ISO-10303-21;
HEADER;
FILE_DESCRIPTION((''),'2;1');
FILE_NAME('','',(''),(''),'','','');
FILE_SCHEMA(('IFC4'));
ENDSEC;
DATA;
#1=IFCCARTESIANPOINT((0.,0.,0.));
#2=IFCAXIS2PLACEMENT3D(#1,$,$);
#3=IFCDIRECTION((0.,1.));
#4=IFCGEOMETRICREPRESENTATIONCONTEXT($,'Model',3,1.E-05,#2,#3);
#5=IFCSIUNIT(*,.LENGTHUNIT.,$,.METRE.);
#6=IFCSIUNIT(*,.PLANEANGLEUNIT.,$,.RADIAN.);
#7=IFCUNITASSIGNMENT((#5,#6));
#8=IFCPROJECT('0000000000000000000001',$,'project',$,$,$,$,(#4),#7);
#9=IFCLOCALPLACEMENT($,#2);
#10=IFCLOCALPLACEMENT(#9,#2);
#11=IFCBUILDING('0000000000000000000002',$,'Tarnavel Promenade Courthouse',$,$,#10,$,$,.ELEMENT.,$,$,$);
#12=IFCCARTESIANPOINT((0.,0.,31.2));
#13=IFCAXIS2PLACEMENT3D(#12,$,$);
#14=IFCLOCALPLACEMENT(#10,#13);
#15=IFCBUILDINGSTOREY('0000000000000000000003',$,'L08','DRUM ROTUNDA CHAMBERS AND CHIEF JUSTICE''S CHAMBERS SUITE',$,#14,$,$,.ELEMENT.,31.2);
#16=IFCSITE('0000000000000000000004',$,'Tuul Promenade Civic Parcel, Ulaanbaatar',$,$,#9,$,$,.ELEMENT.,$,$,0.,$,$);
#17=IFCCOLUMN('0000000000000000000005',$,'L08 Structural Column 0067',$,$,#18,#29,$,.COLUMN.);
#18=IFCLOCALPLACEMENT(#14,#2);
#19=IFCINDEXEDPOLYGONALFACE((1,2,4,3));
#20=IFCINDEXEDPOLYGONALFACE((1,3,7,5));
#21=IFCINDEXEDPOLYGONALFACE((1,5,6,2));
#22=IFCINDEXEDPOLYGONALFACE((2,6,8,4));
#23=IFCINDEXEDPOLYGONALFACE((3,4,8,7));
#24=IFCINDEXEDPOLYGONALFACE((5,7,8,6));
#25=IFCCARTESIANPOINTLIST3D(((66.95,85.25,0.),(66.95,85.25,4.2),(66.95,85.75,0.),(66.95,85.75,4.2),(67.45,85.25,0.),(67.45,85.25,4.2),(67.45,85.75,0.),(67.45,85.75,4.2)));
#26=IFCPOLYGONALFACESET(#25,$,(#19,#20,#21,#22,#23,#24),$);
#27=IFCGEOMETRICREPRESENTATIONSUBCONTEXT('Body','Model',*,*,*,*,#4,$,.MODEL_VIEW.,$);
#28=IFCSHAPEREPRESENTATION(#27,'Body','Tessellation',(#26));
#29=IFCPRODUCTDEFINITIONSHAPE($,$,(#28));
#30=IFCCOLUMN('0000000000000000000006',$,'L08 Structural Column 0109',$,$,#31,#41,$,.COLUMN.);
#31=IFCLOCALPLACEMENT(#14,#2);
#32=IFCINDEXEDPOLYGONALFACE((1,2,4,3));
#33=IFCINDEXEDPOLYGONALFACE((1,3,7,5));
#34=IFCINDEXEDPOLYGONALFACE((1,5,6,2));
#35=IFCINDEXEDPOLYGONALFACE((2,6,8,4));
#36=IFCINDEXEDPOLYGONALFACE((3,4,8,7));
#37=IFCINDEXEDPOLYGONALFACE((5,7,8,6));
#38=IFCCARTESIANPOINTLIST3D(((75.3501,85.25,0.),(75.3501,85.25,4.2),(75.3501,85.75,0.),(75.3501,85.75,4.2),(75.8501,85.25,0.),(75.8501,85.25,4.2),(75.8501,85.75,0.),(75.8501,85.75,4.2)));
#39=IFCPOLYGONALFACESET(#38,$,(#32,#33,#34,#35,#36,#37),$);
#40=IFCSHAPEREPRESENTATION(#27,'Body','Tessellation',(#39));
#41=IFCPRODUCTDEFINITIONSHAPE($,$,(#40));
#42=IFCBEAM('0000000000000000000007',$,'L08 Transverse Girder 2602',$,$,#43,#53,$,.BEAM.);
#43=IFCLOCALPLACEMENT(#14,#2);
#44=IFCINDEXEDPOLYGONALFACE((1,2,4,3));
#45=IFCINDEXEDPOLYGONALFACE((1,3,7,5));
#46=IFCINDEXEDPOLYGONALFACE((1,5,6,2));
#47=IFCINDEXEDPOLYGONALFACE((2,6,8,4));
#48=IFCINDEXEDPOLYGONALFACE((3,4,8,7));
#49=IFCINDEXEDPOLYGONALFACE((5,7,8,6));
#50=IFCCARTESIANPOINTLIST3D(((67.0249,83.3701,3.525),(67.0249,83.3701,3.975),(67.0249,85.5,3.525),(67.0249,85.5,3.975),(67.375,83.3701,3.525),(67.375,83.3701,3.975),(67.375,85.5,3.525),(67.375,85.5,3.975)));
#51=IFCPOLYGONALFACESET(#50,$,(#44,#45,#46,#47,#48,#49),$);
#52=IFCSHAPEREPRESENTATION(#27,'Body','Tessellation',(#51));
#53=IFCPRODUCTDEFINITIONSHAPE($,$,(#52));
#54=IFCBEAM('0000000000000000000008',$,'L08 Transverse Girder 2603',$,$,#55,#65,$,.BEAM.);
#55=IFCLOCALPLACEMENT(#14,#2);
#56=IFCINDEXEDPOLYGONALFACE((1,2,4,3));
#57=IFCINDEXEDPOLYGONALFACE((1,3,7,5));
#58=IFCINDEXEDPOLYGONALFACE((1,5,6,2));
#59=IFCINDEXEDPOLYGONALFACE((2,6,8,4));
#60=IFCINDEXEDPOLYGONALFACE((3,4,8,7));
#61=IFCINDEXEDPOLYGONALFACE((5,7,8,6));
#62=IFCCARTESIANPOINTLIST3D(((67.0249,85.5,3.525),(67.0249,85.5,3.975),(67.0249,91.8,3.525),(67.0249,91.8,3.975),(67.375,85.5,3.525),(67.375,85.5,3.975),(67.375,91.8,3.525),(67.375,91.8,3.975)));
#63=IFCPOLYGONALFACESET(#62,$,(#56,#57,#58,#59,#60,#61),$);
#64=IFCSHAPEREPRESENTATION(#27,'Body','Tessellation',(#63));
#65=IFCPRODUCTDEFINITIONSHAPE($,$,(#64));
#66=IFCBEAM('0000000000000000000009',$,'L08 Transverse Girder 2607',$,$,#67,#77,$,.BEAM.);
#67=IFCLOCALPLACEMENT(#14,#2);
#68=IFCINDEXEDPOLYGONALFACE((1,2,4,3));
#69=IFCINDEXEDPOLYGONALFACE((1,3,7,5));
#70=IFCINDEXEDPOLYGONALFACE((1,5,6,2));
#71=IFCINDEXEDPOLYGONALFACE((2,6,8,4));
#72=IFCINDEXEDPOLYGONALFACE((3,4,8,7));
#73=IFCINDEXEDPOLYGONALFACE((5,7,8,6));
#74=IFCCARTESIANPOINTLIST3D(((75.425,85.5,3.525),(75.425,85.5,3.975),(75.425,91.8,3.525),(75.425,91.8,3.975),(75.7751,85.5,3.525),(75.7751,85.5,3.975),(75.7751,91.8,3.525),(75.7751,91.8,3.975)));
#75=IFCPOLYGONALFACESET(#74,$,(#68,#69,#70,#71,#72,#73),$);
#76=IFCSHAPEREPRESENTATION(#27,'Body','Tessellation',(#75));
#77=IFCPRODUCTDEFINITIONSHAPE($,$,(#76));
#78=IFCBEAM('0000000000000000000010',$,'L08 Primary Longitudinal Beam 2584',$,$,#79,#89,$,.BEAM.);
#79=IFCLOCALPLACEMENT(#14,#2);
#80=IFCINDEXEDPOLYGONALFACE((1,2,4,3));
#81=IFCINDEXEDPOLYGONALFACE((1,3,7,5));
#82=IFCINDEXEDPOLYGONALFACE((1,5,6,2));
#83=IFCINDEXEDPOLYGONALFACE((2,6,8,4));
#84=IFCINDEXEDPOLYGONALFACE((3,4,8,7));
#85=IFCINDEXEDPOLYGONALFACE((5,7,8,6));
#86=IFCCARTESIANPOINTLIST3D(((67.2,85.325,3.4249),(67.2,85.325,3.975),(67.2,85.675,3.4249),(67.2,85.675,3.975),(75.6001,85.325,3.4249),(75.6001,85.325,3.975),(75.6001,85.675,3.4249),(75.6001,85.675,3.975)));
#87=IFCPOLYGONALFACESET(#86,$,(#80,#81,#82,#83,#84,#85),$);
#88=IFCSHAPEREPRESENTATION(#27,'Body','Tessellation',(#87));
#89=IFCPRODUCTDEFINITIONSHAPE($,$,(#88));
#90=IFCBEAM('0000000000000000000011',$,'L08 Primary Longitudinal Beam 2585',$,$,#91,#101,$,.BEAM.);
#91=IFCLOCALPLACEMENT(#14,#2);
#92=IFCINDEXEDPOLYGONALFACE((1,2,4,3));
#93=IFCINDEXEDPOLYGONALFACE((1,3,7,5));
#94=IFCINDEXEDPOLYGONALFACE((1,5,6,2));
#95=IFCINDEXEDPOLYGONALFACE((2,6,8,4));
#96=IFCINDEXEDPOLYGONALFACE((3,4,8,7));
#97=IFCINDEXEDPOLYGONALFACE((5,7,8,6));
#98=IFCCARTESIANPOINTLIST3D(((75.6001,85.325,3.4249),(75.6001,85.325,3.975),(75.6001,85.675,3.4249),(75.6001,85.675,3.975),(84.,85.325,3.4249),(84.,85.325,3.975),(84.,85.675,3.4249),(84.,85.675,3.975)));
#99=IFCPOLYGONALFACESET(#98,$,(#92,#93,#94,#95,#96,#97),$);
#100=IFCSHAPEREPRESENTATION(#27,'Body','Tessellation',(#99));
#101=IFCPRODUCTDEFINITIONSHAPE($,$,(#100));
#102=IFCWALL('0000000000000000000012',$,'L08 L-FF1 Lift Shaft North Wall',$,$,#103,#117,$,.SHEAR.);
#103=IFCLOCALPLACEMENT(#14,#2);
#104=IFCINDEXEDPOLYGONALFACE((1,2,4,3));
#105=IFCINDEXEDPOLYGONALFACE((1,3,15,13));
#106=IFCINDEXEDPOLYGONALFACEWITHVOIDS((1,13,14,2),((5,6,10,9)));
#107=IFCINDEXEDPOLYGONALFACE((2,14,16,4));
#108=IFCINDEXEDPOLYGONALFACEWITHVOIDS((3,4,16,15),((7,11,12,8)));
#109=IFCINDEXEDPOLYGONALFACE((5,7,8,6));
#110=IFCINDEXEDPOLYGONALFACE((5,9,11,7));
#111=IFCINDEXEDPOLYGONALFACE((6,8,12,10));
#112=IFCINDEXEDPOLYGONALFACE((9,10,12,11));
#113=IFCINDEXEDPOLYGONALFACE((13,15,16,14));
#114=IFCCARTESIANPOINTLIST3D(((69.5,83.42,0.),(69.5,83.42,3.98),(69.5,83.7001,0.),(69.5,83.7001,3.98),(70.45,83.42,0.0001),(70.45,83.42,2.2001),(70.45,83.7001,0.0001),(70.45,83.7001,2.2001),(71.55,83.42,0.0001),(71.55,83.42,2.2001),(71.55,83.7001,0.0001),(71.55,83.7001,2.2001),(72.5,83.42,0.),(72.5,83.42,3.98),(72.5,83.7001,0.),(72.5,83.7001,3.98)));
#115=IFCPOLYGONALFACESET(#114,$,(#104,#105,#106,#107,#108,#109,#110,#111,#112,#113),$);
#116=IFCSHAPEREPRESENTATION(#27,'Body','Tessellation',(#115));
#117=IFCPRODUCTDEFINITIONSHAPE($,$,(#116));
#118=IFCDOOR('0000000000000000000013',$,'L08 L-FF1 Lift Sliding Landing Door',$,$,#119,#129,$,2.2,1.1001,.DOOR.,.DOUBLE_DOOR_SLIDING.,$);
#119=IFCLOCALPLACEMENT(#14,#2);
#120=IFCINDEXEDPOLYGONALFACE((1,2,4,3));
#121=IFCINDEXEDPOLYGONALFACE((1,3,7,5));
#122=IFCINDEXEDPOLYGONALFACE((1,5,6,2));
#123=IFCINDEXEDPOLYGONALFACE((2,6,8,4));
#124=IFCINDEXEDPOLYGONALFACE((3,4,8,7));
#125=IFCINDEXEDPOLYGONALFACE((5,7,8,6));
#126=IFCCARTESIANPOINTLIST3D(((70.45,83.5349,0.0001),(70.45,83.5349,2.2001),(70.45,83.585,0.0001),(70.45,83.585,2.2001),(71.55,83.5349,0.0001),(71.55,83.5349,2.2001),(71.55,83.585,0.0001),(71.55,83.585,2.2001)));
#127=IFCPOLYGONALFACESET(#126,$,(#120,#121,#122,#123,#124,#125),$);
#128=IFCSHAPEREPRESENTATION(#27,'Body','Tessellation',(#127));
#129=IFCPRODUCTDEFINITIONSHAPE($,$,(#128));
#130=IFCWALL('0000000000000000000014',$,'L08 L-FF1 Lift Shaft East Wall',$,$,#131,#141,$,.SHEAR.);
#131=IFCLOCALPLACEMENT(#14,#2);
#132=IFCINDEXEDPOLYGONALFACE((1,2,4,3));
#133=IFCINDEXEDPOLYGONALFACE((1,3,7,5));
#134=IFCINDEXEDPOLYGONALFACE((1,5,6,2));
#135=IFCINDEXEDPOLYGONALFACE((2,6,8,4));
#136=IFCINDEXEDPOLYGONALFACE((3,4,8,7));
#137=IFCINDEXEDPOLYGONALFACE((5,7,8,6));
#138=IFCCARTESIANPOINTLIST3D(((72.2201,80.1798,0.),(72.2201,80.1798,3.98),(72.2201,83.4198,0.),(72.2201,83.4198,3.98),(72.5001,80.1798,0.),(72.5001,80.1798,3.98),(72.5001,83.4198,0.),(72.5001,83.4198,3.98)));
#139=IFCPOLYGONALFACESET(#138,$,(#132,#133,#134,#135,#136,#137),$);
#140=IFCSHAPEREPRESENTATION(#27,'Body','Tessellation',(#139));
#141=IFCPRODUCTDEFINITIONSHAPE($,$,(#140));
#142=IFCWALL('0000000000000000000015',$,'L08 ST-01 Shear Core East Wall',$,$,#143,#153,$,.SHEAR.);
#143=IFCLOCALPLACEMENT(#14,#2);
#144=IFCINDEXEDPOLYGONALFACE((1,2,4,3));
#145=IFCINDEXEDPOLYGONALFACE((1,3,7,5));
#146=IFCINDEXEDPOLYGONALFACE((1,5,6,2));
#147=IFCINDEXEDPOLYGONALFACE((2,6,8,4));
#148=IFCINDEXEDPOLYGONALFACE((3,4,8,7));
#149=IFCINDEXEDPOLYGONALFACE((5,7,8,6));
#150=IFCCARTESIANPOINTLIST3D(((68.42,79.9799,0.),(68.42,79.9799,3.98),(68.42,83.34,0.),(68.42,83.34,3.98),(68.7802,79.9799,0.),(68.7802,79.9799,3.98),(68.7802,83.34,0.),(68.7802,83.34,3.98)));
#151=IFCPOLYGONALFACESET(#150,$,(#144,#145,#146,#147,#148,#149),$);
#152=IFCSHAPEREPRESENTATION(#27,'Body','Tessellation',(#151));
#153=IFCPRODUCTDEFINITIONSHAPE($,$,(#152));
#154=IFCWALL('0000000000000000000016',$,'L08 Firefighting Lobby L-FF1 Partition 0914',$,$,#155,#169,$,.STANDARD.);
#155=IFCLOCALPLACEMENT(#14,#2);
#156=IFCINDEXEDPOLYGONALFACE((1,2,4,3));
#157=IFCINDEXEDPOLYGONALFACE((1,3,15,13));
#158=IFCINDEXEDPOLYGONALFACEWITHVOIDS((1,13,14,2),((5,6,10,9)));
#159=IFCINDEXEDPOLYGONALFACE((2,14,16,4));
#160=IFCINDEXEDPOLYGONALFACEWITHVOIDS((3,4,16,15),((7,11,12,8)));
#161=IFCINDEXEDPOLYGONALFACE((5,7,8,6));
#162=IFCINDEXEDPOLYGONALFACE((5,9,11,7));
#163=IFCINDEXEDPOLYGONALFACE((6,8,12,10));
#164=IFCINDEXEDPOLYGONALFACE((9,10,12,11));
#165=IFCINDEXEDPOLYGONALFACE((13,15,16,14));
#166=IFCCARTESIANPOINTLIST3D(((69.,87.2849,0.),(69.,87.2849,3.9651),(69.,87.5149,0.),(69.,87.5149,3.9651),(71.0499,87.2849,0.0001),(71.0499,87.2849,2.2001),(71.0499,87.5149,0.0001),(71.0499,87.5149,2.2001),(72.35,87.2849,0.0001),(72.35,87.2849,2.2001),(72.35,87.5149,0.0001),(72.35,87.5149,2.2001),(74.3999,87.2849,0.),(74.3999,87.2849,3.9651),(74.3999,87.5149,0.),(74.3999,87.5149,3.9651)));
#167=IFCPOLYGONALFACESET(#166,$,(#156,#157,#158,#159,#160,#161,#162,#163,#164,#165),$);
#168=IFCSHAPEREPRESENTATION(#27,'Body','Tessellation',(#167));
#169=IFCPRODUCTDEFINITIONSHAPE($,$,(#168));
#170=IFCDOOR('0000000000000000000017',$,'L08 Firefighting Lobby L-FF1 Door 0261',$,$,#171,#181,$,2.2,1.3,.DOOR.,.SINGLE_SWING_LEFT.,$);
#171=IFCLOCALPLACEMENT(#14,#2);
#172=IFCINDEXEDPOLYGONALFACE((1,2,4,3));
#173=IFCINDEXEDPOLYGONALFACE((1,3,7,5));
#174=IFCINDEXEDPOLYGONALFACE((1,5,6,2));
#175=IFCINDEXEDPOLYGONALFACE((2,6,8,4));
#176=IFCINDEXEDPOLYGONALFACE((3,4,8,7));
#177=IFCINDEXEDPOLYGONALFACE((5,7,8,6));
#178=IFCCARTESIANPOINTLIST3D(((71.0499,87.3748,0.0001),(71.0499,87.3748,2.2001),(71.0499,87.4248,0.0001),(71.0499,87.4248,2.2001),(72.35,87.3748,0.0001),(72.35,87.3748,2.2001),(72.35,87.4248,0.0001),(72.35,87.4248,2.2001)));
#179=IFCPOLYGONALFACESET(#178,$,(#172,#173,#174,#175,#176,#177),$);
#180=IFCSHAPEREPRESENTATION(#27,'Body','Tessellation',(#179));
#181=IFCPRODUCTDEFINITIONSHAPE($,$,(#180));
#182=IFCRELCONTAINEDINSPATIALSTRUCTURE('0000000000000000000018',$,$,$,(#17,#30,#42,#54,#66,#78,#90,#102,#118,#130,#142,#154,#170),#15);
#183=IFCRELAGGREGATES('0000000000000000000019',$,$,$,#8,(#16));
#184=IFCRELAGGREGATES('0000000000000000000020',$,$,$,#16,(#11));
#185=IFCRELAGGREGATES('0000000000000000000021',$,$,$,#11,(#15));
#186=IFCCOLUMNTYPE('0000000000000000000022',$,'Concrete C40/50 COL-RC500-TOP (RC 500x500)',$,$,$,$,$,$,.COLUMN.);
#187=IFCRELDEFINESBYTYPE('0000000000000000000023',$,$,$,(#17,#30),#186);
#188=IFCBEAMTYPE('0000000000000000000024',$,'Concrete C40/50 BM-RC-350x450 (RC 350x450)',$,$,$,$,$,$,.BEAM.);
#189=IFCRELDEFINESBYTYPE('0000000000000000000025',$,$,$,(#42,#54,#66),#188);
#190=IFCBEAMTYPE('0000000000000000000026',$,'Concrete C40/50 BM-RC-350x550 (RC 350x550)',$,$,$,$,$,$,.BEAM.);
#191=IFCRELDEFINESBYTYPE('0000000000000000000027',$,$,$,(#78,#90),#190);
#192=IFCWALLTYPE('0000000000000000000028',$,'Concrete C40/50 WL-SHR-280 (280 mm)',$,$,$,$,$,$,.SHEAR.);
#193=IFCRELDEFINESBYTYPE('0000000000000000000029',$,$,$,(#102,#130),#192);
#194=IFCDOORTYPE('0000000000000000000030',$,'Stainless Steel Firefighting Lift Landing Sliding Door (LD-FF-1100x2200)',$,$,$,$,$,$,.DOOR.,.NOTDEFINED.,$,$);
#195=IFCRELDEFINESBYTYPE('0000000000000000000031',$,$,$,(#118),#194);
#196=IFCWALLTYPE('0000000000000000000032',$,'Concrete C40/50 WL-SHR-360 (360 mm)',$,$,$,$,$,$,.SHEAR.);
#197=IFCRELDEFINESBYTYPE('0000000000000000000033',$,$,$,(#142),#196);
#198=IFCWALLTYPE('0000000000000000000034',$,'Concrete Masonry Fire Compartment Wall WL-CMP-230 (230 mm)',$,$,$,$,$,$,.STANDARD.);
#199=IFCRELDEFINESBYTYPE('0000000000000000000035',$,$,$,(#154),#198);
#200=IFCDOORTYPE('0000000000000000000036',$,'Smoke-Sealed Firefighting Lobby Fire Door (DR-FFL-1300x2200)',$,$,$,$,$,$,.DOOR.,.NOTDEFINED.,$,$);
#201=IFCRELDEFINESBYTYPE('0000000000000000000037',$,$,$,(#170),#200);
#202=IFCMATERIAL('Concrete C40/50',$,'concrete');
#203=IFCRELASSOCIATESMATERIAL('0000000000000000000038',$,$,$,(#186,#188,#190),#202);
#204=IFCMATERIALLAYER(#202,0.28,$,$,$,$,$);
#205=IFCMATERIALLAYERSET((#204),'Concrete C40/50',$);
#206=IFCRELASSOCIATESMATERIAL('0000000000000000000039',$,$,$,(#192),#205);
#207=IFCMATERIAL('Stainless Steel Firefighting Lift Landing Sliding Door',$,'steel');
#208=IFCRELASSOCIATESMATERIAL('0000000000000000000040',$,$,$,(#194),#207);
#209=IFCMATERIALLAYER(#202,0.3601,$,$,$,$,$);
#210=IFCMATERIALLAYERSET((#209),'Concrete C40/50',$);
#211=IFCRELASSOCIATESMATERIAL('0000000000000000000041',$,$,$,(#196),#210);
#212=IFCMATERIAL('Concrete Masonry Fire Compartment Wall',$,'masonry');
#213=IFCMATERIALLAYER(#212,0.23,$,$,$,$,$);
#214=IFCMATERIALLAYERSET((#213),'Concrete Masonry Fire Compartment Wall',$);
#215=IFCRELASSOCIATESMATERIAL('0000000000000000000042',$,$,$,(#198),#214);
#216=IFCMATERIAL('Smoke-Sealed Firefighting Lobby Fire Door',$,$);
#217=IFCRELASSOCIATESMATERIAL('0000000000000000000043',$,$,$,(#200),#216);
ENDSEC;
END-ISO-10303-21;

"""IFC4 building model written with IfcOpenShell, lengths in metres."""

from ifc_helpers import new_model, si_unit, direction, frame, frame_2d, origin, origin_2d, place, context, subcontext, project, spatial, rectangle, extrude, material, layer, layer_set, material_profile, profile_set, type_object, element, fill, save


model = new_model("IFC4")

# Units and contexts
model_context = context("Model", 3, precision=1e-05, world=origin(), true_north=direction((0.0, 1.0)))
body_context = subcontext(model_context, "Body", "Model", "MODEL_VIEW")
ifc_project = project(units=[si_unit("LENGTHUNIT", "METRE"), si_unit("PLANEANGLEUNIT", "RADIAN")], contexts=[model_context])

# Site, building, storey
site_placement = place(None, origin())
site = spatial("IfcSite", under=ifc_project, at=site_placement, Name="Tuul Promenade Civic Parcel, Ulaanbaatar", CompositionType="ELEMENT", RefElevation=0.0)
building_placement = place(site_placement, origin())
building = spatial("IfcBuilding", under=site, at=building_placement, Name="Tarnavel Promenade Courthouse", CompositionType="ELEMENT")
storey_placement = place(building_placement, frame((0.0, 0.0, 31.2)))
storey = spatial("IfcBuildingStorey", under=building, at=storey_placement, Name="L08", Description="DRUM ROTUNDA CHAMBERS AND CHIEF JUSTICE'S CHAMBERS SUITE", CompositionType="ELEMENT", Elevation=31.2)

# Columns
ifc_material_1 = material(Name="Concrete C40/50", Category="concrete")
ifc_material_profile_1 = material_profile(ifc_material_1, rectangle(XDim=0.5, YDim=0.5, at=origin_2d()), Name="RC 500x500")
ifc_profile_set_1 = profile_set([ifc_material_profile_1], Name="Concrete C40/50")
column_type = type_object("IfcColumnType", Name="Concrete C40/50 COL-RC500-TOP (RC 500x500)", PredefinedType="COLUMN", material=ifc_profile_set_1)
for number, where, z_axis, x_axis, name in (
    (1, (67.2, 85.5, 0.0), (0.0, 0.0, 1.0), (1.0, 0.0, 0.0), "L08 Structural Column 0067"),
    (2, (75.6001, 85.5, 0.0), (0.0, 0.0, 1.0), (1.0, 0.0, 0.0), "L08 Structural Column 0109"),
):
    element("IfcColumn", number, at=place(storey_placement, frame(where, z_axis=z_axis, x_axis=x_axis)), inside=storey, type_object=column_type, Name=name, PredefinedType="COLUMN", context=body_context, shape_type="SweptSolid", body=[
        extrude(rectangle(XDim=0.5, YDim=0.5, at=origin_2d()), origin(), (0.0, 0.0, 1.0), 4.2),
    ])

# Beams
ifc_material_profile_2 = material_profile(ifc_material_1, rectangle(XDim=0.3501, YDim=0.45, at=origin_2d()), Name="RC 350x450")
ifc_profile_set_2 = profile_set([ifc_material_profile_2], Name="Concrete C40/50")
beam_type_1 = type_object("IfcBeamType", Name="Concrete C40/50 BM-RC-350x450 (RC 350x450)", PredefinedType="BEAM", material=ifc_profile_set_2)
beam_1_placement = place(storey_placement, frame((67.2, 83.3701, 3.75), z_axis=(0.0, 1.0, 0.0), x_axis=(-1.0, 0.0, 0.0)))
element("IfcBeam", 3, at=beam_1_placement, inside=storey, type_object=beam_type_1, Name="L08 Transverse Girder 2602", PredefinedType="BEAM", context=body_context, shape_type="SweptSolid", body=[
    extrude(rectangle(XDim=0.3501, YDim=0.45, at=origin_2d()), origin(), (0.0, 0.0, 1.0), 2.1299),
])
for number, where, z_axis, x_axis, name in (
    (4, (67.2, 85.5, 3.75), (0.0, 1.0, 0.0), (-1.0, 0.0, 0.0), "L08 Transverse Girder 2603"),
    (5, (75.6001, 85.5, 3.75), (0.0, 1.0, 0.0), (-1.0, 0.0, 0.0), "L08 Transverse Girder 2607"),
):
    element("IfcBeam", number, at=place(storey_placement, frame(where, z_axis=z_axis, x_axis=x_axis)), inside=storey, type_object=beam_type_1, Name=name, PredefinedType="BEAM", context=body_context, shape_type="SweptSolid", body=[
        extrude(rectangle(XDim=0.3501, YDim=0.45, at=origin_2d()), origin(), (0.0, 0.0, 1.0), 6.3),
    ])
ifc_material_profile_3 = material_profile(ifc_material_1, rectangle(XDim=0.3501, YDim=0.55, at=origin_2d()), Name="RC 350x550")
ifc_profile_set_3 = profile_set([ifc_material_profile_3], Name="Concrete C40/50")
beam_type_2 = type_object("IfcBeamType", Name="Concrete C40/50 BM-RC-350x550 (RC 350x550)", PredefinedType="BEAM", material=ifc_profile_set_3)
beam_2_placement = place(storey_placement, frame((67.2, 85.5, 3.7), z_axis=(1.0, 0.0, 0.0), x_axis=(0.0, 1.0, 0.0)))
element("IfcBeam", 6, at=beam_2_placement, inside=storey, type_object=beam_type_2, Name="L08 Primary Longitudinal Beam 2584", PredefinedType="BEAM", context=body_context, shape_type="SweptSolid", body=[
    extrude(rectangle(XDim=0.3501, YDim=0.55, at=origin_2d()), origin(), (0.0, 0.0, 1.0), 8.4001),
])
beam_3_placement = place(storey_placement, frame((75.6001, 85.5, 3.7), z_axis=(1.0, 0.0, 0.0), x_axis=(0.0, 1.0, 0.0)))
element("IfcBeam", 7, at=beam_3_placement, inside=storey, type_object=beam_type_2, Name="L08 Primary Longitudinal Beam 2585", PredefinedType="BEAM", context=body_context, shape_type="SweptSolid", body=[
    extrude(rectangle(XDim=0.3501, YDim=0.55, at=origin_2d()), origin(), (0.0, 0.0, 1.0), 8.3999),
])

# Wall, opening, door
ifc_layer_1 = layer(ifc_material_1, 0.28)
ifc_layer_set_1 = layer_set([ifc_layer_1], Name="Concrete C40/50")
wall_type_1 = type_object("IfcWallType", Name="Concrete C40/50 WL-SHR-280 (280 mm)", PredefinedType="SHEAR", material=ifc_layer_set_1)
wall_1_placement = place(storey_placement, frame((69.5, 83.5601, 0.0), z_axis=(0.0, 0.0, 1.0), x_axis=(1.0, 0.0, 0.0)))
wall_1 = element("IfcWall", 8, at=wall_1_placement, inside=storey, type_object=wall_type_1, Name="L08 L-FF1 Lift Shaft North Wall", PredefinedType="SHEAR", context=body_context, shape_type="SweptSolid", body=[
    extrude(rectangle(XDim=3.0, YDim=0.28, at=frame_2d((1.5, 0.0))), origin(), (0.0, 0.0, 1.0), 3.98),
])
opening_1_placement = place(wall_1_placement, frame((0.95, 0.0, 0.0)))
opening_1 = element("IfcOpeningElement", 9, at=opening_1_placement, cuts=wall_1, PredefinedType="OPENING", context=body_context, shape_type="SweptSolid", body=[
    extrude(rectangle(XDim=1.1001, YDim=2.2, at=frame_2d((0.55, 1.1001))), frame((0.0, 0.1499, 0.0), z_axis=(0.0, -1.0, 0.0), x_axis=(1.0, 0.0, 0.0)), (0.0, 0.0, 1.0), 0.3),
])
ifc_material_2 = material(Name="Stainless Steel Firefighting Lift Landing Sliding Door", Category="steel")
door_type_1 = type_object("IfcDoorType", Name="Stainless Steel Firefighting Lift Landing Sliding Door (LD-FF-1100x2200)", OperationType="NOTDEFINED", PredefinedType="DOOR", material=ifc_material_2)
door_1_placement = place(opening_1_placement, origin())
door_1 = element("IfcDoor", 10, at=door_1_placement, inside=storey, type_object=door_type_1, Name="L08 L-FF1 Lift Sliding Landing Door", OperationType="DOUBLE_DOOR_SLIDING", OverallHeight=2.2, OverallWidth=1.1001, PredefinedType="DOOR", context=body_context, shape_type="SweptSolid", body=[
    extrude(rectangle(XDim=1.1001, YDim=2.2, at=frame_2d((0.55, 1.1001))), frame((0.0, 0.0249, 0.0), z_axis=(0.0, -1.0, 0.0), x_axis=(1.0, 0.0, 0.0)), (0.0, 0.0, 1.0), 0.05),
])
fill(opening_1, door_1)

# Walls
wall_2_placement = place(storey_placement, frame((72.3601, 83.4199, 0.0), z_axis=(0.0, 0.0, 1.0), x_axis=(0.0, -1.0, 0.0)))
element("IfcWall", 11, at=wall_2_placement, inside=storey, type_object=wall_type_1, Name="L08 L-FF1 Lift Shaft East Wall", PredefinedType="SHEAR", context=body_context, shape_type="SweptSolid", body=[
    extrude(rectangle(XDim=3.24, YDim=0.28, at=frame_2d((1.6201, 0.0))), origin(), (0.0, 0.0, 1.0), 3.98),
])
ifc_layer_2 = layer(ifc_material_1, 0.3601)
ifc_layer_set_2 = layer_set([ifc_layer_2], Name="Concrete C40/50")
wall_type_2 = type_object("IfcWallType", Name="Concrete C40/50 WL-SHR-360 (360 mm)", PredefinedType="SHEAR", material=ifc_layer_set_2)
wall_3_placement = place(storey_placement, frame((68.6001, 83.3401, 0.0), z_axis=(0.0, 0.0, 1.0), x_axis=(0.0, -1.0, 0.0)))
element("IfcWall", 12, at=wall_3_placement, inside=storey, type_object=wall_type_2, Name="L08 ST-01 Shear Core East Wall", PredefinedType="SHEAR", context=body_context, shape_type="SweptSolid", body=[
    extrude(rectangle(XDim=3.3601, YDim=0.3601, at=frame_2d((1.6802, 0.0))), origin(), (0.0, 0.0, 1.0), 3.98),
])

# Wall, opening, door
ifc_material_3 = material(Name="Concrete Masonry Fire Compartment Wall", Category="masonry")
ifc_layer_3 = layer(ifc_material_3, 0.23)
ifc_layer_set_3 = layer_set([ifc_layer_3], Name="Concrete Masonry Fire Compartment Wall")
wall_type_3 = type_object("IfcWallType", Name="Concrete Masonry Fire Compartment Wall WL-CMP-230 (230 mm)", PredefinedType="STANDARD", material=ifc_layer_set_3)
wall_4_placement = place(storey_placement, frame((69.0, 87.3999, 0.0), z_axis=(0.0, 0.0, 1.0), x_axis=(1.0, 0.0, 0.0)))
wall_4 = element("IfcWall", 13, at=wall_4_placement, inside=storey, type_object=wall_type_3, Name="L08 Firefighting Lobby L-FF1 Partition 0914", PredefinedType="STANDARD", context=body_context, shape_type="SweptSolid", body=[
    extrude(rectangle(XDim=5.3999, YDim=0.23, at=frame_2d((2.7, 0.0))), origin(), (0.0, 0.0, 1.0), 3.9651),
])
opening_2_placement = place(wall_4_placement, frame((2.05, 0.0, 0.0)))
opening_2 = element("IfcOpeningElement", 14, at=opening_2_placement, cuts=wall_4, PredefinedType="OPENING", context=body_context, shape_type="SweptSolid", body=[
    extrude(rectangle(XDim=1.3, YDim=2.2, at=frame_2d((0.6499, 1.1001))), frame((0.0, 0.125, 0.0), z_axis=(0.0, -1.0, 0.0), x_axis=(1.0, 0.0, 0.0)), (0.0, 0.0, 1.0), 0.25),
])
ifc_material_4 = material(Name="Smoke-Sealed Firefighting Lobby Fire Door")
door_type_2 = type_object("IfcDoorType", Name="Smoke-Sealed Firefighting Lobby Fire Door (DR-FFL-1300x2200)", OperationType="NOTDEFINED", PredefinedType="DOOR", material=ifc_material_4)
door_2_placement = place(opening_2_placement, origin())
door_2 = element("IfcDoor", 15, at=door_2_placement, inside=storey, type_object=door_type_2, Name="L08 Firefighting Lobby L-FF1 Door 0261", OperationType="SINGLE_SWING_LEFT", OverallHeight=2.2, OverallWidth=1.3, PredefinedType="DOOR", context=body_context, shape_type="SweptSolid", body=[
    extrude(rectangle(XDim=1.3, YDim=2.2, at=frame_2d((0.6499, 1.1001))), frame((0.0, 0.0249, 0.0), z_axis=(0.0, -1.0, 0.0), x_axis=(1.0, 0.0, 0.0)), (0.0, 0.0, 1.0), 0.05),
])
fill(opening_2, door_2)

save(model, "model.ifc")
